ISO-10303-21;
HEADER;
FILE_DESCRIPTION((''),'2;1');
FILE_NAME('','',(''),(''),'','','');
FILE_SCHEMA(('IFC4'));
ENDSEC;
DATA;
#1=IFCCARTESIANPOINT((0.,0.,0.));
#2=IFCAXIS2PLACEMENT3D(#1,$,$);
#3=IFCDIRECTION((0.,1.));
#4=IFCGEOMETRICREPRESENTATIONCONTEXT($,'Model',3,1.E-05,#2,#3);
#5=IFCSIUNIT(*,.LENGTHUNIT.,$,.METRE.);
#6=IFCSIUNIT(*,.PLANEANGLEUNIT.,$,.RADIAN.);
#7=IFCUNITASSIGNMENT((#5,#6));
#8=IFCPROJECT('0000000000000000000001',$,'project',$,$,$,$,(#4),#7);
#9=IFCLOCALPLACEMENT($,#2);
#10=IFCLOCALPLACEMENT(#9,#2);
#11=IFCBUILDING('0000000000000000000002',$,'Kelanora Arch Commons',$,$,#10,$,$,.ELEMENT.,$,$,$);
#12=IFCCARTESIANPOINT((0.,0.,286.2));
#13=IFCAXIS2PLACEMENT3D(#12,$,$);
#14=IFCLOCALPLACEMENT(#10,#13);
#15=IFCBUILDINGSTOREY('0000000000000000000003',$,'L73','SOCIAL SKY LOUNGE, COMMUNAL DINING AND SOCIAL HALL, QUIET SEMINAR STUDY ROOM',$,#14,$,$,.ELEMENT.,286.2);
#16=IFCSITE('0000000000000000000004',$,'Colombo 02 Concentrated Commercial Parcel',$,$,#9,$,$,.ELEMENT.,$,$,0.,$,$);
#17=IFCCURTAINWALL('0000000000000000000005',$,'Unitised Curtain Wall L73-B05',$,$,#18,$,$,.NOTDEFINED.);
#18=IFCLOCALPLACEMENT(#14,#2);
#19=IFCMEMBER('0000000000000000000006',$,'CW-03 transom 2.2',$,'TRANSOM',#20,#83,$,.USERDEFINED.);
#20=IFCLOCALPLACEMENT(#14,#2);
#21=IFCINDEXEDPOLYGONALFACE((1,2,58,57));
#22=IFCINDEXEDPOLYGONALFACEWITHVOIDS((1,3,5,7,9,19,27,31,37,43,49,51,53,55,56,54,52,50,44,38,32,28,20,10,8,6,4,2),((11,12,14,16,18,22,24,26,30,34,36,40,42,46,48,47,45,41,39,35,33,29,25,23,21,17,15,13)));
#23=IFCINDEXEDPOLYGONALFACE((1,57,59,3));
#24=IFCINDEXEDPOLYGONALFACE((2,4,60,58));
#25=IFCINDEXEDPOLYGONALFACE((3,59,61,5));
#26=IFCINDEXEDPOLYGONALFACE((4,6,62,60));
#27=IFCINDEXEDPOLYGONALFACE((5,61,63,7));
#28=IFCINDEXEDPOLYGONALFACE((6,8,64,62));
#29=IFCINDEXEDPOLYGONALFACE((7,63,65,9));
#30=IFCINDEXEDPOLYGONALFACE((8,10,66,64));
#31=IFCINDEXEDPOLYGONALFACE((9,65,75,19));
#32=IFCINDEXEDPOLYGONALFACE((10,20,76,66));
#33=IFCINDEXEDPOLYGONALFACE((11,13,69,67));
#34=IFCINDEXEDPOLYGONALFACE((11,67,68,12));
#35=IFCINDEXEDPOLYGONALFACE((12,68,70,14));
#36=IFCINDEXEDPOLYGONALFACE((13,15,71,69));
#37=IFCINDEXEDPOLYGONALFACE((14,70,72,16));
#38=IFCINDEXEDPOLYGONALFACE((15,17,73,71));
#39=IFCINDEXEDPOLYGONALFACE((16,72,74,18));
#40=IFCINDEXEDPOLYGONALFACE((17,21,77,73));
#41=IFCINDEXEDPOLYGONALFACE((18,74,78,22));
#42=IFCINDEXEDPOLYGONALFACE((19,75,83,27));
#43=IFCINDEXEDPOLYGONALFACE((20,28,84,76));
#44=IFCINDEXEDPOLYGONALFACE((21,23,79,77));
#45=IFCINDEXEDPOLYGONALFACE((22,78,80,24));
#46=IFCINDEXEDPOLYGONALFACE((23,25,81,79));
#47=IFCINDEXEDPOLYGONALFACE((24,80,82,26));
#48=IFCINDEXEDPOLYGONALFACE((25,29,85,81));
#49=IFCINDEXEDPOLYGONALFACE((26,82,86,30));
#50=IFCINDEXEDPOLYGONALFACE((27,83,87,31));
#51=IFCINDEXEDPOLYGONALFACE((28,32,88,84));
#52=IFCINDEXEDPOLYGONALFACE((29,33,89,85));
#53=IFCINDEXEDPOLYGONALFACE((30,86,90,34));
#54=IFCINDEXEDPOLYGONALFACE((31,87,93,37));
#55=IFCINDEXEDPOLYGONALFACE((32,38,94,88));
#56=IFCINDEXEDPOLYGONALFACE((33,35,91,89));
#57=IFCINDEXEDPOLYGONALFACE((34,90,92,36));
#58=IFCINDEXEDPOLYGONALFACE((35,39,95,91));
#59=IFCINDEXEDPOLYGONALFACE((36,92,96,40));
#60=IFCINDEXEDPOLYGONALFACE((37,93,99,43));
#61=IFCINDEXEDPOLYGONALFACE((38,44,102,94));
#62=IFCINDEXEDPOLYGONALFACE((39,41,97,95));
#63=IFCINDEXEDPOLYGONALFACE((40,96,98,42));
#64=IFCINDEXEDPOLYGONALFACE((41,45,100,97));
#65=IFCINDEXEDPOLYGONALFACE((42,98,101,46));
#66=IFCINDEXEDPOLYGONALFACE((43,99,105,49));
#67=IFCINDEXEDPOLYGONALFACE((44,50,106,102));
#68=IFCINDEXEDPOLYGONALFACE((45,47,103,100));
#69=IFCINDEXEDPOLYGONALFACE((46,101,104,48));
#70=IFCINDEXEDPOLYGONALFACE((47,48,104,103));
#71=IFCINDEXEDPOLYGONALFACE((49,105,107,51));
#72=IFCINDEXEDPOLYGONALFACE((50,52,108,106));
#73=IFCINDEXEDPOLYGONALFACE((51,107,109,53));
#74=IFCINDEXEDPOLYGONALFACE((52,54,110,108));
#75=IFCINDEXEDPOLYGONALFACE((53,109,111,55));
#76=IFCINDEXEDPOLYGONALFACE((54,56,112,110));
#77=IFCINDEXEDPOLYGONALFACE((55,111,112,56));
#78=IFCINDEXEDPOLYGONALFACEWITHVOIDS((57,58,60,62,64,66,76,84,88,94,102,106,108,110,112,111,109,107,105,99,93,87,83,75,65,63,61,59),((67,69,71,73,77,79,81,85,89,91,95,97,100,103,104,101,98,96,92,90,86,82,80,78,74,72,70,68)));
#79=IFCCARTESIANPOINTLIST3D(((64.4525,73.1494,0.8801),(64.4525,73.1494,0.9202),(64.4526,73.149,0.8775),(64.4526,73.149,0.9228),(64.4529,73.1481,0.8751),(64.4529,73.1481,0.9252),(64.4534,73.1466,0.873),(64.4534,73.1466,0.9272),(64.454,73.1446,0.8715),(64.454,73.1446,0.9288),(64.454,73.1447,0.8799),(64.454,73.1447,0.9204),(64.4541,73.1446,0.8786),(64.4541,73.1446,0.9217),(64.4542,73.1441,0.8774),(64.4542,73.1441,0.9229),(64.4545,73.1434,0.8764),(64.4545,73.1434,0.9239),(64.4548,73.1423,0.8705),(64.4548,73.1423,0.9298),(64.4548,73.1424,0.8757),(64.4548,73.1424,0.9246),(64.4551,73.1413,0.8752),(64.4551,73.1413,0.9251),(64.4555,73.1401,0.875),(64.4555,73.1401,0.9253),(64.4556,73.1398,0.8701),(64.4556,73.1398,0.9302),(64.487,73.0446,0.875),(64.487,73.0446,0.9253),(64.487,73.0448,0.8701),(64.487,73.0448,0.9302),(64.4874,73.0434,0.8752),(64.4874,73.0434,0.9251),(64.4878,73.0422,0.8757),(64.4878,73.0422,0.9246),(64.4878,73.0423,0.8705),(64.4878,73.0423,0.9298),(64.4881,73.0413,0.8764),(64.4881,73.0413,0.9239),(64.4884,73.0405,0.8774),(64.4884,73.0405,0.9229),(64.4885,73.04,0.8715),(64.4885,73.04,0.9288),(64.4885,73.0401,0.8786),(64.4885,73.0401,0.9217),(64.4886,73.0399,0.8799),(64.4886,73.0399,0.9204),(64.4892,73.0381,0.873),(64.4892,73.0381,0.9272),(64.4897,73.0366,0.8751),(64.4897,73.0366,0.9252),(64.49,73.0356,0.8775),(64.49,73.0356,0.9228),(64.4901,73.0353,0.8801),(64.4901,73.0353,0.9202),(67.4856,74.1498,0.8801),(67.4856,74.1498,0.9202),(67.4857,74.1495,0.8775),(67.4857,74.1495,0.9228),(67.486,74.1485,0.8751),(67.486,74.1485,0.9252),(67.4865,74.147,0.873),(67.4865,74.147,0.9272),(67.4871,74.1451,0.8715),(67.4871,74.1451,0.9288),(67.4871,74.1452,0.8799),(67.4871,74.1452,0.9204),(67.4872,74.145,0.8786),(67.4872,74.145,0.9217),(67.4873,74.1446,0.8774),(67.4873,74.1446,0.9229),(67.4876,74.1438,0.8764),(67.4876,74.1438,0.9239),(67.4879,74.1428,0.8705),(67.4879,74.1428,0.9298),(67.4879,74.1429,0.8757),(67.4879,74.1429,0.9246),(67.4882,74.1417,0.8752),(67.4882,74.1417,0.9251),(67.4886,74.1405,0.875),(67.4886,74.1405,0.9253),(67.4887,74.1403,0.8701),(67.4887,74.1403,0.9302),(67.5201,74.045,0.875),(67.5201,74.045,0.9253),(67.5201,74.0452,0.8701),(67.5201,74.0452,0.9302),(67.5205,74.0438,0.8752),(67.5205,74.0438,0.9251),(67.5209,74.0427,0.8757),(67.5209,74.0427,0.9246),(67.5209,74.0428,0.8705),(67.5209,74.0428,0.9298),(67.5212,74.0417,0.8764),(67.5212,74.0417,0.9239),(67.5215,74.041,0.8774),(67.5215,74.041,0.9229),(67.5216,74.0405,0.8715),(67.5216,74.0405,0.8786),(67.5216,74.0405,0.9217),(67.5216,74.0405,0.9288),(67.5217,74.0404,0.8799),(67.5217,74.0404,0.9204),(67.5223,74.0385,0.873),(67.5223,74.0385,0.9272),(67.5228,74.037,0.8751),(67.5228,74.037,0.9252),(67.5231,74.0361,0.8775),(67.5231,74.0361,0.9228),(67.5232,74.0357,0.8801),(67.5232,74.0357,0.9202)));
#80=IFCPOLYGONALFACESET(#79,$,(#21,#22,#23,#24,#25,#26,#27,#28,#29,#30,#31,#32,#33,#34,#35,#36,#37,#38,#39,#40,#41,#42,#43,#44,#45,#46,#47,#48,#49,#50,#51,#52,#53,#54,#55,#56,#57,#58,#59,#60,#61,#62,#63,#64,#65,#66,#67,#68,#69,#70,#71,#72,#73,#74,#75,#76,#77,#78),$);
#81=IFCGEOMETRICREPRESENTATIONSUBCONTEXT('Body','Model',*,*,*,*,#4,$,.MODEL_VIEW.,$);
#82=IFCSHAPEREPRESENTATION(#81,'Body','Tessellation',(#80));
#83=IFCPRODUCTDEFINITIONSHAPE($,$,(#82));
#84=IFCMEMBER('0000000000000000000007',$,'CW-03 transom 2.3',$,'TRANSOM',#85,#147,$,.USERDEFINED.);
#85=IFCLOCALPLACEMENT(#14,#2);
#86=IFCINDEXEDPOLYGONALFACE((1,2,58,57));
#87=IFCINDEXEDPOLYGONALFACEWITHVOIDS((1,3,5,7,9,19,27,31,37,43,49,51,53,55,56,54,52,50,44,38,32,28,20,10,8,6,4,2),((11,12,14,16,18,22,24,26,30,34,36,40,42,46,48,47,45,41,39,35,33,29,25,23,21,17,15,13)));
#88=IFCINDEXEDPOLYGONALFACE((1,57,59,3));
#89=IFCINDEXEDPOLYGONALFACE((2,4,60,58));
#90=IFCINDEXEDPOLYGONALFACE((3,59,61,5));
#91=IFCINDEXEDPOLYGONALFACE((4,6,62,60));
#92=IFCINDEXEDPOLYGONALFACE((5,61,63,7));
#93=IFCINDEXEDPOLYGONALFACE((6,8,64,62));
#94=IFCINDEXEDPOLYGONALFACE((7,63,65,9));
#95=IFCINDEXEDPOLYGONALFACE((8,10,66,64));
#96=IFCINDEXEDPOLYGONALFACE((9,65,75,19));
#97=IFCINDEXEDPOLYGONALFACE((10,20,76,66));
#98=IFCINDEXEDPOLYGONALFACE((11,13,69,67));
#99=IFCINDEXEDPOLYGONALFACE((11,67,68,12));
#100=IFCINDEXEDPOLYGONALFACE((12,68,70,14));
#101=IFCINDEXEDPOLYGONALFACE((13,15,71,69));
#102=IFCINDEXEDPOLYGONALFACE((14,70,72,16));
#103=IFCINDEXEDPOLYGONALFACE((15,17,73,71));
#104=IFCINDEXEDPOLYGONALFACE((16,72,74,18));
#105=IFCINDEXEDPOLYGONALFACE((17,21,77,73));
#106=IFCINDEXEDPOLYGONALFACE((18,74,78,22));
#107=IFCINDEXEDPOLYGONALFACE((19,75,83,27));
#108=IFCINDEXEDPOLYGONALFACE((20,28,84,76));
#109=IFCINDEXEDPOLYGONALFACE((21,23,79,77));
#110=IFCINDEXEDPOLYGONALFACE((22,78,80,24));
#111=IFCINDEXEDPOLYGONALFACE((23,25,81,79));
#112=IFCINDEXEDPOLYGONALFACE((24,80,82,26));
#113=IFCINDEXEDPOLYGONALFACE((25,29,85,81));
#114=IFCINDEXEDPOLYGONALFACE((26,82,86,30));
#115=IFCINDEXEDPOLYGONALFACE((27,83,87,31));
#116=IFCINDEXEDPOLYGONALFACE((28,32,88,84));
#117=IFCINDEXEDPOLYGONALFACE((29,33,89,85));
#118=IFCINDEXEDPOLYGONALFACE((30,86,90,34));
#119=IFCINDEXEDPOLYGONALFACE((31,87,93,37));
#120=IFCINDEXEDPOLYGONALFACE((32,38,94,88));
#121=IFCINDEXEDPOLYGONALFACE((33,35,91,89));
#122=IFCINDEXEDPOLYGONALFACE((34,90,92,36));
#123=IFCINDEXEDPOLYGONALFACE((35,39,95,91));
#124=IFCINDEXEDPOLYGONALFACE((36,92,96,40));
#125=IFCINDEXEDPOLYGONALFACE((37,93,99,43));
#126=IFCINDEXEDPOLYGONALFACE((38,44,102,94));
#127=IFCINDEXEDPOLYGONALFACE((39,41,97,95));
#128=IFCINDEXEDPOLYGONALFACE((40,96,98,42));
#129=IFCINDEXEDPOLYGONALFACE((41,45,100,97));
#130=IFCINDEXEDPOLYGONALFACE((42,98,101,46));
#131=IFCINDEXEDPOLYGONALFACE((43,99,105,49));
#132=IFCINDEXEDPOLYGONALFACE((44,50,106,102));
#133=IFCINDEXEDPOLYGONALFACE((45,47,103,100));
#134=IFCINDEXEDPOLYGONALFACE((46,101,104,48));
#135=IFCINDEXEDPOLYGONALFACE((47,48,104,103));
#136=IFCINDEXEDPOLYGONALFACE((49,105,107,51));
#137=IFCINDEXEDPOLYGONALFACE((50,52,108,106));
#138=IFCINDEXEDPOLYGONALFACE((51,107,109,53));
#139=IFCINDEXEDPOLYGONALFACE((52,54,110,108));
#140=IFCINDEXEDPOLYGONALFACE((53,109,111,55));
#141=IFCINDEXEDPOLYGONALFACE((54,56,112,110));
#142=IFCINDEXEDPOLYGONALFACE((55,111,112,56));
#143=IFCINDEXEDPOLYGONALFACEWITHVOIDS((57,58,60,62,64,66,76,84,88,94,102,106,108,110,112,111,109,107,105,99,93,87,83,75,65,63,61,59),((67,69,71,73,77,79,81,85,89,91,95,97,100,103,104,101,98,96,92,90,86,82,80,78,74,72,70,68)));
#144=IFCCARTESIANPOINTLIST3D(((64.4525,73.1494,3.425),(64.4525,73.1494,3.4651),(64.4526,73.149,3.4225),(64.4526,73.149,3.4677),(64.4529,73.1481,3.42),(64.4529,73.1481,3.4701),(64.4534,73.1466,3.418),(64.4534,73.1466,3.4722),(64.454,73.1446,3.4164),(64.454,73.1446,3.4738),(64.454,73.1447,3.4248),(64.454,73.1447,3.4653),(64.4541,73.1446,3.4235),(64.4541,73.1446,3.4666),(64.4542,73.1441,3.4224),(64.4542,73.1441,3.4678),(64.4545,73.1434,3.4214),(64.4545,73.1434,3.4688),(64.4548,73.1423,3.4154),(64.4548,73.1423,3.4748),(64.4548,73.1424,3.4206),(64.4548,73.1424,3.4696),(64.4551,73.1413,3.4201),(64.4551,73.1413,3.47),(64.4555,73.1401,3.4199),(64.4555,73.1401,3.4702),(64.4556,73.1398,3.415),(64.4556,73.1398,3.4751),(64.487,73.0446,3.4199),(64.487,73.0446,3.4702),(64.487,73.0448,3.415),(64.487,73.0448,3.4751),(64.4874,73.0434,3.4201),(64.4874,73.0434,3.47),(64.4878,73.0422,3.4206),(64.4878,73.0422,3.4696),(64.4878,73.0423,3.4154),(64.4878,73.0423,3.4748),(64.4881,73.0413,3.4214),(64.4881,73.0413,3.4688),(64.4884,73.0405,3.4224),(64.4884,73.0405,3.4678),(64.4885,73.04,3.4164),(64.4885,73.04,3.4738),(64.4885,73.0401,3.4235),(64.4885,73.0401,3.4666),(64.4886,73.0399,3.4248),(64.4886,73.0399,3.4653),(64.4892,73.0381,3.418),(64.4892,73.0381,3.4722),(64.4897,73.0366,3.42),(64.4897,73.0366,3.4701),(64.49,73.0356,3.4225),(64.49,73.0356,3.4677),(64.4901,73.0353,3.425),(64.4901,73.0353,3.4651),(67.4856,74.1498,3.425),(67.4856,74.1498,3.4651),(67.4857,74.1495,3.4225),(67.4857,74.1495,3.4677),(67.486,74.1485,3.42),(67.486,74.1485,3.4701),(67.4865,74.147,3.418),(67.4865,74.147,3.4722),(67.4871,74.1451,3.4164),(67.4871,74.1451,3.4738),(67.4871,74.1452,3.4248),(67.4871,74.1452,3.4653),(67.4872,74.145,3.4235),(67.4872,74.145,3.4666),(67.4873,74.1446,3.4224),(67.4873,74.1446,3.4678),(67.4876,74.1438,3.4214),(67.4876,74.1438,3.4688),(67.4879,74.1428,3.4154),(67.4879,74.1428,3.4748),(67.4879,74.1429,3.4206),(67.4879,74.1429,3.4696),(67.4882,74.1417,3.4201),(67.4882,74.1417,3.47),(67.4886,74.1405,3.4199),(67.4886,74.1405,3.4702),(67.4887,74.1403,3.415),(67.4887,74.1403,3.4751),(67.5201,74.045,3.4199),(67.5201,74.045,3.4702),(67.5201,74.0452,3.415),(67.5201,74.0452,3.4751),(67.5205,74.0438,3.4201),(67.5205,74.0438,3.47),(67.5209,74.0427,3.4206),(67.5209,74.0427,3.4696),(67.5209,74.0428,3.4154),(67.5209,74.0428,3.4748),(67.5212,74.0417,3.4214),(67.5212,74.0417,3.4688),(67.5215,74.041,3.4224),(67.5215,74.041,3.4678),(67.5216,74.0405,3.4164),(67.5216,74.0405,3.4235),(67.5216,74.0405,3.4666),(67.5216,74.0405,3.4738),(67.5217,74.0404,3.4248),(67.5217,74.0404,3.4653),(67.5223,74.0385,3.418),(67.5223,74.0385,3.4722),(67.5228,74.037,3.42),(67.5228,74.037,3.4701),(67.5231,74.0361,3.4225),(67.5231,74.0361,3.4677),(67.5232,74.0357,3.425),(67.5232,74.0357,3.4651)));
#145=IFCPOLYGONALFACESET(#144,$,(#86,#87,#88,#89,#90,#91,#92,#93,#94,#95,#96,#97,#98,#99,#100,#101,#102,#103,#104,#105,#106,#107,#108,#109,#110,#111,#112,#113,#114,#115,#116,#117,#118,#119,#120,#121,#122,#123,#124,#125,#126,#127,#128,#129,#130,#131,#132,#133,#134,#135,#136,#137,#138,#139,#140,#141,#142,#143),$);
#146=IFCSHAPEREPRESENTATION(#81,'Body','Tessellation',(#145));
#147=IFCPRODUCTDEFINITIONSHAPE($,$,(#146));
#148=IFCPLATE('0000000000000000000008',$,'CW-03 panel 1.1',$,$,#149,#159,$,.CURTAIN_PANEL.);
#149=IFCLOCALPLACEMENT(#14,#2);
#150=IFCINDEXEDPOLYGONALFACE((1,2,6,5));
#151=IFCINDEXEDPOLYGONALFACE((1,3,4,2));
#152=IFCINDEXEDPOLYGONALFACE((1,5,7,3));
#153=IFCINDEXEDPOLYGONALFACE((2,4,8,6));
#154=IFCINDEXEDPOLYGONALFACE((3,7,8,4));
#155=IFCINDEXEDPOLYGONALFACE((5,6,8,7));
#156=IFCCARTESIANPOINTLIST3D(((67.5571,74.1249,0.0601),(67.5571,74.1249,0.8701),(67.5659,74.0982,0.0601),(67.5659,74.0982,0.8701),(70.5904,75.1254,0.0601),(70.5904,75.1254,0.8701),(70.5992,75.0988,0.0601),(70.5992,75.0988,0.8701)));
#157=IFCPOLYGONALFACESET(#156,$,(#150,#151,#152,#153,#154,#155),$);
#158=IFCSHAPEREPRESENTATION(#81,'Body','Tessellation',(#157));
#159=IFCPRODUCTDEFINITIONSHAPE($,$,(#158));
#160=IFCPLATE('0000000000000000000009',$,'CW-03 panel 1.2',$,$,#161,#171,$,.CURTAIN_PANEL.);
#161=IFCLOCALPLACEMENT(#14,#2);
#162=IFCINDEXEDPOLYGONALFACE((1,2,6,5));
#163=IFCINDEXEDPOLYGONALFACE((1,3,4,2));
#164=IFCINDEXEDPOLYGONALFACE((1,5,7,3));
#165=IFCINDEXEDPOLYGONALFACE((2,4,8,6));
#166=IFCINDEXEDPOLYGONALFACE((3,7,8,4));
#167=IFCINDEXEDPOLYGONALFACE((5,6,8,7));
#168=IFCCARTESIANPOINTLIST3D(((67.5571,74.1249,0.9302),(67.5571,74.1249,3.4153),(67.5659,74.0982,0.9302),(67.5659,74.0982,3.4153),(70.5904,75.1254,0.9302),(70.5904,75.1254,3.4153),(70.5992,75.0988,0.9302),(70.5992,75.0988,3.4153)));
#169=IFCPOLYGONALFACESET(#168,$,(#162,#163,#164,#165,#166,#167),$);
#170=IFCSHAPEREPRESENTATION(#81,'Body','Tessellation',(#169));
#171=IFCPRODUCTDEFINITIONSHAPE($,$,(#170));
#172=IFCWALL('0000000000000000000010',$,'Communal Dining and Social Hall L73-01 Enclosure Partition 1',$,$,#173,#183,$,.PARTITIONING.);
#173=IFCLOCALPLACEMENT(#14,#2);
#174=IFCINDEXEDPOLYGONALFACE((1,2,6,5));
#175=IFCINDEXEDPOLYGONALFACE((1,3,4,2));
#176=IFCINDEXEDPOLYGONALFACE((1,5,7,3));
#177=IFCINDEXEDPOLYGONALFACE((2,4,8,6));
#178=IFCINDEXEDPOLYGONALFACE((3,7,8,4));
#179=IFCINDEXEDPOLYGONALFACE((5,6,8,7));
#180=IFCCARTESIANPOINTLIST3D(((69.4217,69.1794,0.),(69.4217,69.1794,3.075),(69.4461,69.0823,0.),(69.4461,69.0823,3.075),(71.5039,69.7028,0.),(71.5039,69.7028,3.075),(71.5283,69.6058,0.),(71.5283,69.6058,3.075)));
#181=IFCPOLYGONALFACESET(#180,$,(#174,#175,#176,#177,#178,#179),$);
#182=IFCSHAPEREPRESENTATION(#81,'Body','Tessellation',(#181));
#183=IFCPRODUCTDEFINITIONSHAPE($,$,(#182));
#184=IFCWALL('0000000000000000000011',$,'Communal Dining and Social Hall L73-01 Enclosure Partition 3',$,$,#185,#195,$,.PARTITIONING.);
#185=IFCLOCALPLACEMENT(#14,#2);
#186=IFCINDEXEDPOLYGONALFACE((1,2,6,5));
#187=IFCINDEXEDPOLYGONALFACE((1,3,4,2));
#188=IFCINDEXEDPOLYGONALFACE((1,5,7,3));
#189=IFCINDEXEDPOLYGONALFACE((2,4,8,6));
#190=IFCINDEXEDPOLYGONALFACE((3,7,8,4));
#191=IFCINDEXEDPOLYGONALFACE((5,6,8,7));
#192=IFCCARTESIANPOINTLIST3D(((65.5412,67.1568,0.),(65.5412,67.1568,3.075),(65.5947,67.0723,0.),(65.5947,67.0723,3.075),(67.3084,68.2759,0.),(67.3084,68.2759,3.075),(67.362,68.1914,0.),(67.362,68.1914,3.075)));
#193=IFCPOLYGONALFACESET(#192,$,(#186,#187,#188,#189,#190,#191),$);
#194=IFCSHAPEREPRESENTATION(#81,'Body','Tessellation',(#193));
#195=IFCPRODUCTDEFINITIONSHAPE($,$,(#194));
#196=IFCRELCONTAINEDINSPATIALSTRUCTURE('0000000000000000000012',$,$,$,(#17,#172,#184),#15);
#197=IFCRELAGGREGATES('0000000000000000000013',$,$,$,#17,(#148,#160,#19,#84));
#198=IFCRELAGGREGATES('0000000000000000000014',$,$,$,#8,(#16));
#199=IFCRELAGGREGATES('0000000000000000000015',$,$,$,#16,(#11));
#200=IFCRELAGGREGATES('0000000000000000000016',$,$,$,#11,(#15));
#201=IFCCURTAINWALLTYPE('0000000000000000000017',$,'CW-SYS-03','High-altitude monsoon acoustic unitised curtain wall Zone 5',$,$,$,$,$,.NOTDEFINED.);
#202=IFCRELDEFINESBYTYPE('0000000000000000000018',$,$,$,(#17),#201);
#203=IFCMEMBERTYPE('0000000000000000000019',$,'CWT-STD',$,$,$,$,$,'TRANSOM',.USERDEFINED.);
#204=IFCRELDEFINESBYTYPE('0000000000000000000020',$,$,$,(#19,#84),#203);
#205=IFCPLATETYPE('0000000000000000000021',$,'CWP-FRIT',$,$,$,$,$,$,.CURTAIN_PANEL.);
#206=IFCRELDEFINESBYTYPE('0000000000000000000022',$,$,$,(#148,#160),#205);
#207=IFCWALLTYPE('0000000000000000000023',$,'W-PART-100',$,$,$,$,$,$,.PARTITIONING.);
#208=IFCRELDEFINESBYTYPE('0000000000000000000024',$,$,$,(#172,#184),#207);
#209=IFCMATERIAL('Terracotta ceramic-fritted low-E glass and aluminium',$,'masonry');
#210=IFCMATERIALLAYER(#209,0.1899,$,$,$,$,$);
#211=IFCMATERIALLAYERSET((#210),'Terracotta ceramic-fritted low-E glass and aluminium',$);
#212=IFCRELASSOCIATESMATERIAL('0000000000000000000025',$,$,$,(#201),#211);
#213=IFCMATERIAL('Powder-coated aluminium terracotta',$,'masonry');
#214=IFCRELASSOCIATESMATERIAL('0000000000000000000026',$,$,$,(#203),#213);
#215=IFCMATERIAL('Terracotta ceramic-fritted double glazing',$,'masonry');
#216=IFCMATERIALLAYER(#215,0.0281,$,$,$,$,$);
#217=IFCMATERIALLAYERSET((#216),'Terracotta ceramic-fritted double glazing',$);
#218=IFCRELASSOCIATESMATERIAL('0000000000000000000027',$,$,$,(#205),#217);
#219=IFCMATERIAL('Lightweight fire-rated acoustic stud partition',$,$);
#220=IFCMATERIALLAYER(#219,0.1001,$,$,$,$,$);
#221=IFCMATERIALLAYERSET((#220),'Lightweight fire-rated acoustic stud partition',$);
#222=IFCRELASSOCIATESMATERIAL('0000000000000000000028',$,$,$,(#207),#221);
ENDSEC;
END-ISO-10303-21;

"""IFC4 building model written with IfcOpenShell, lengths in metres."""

from ifc_helpers import new_model, si_unit, direction, frame, frame_2d, origin, origin_2d, place, context, subcontext, project, spatial, rectangle, hollow_rectangle, extrude, source, transform, mapped, material, layer, layer_set, material_profile, profile_set, type_object, element, aggregate, save


model = new_model("IFC4")

# Units and contexts
model_context = context("Model", 3, precision=1e-05, world=origin(), true_north=direction((0.0, 1.0)))
body_context = subcontext(model_context, "Body", "Model", "MODEL_VIEW")
ifc_project = project(units=[si_unit("LENGTHUNIT", "METRE"), si_unit("PLANEANGLEUNIT", "RADIAN")], contexts=[model_context])

# Site, building, storey
site_placement = place(None, origin())
site = spatial("IfcSite", under=ifc_project, at=site_placement, Name="Colombo 02 Concentrated Commercial Parcel", CompositionType="ELEMENT", RefElevation=0.0)
building_placement = place(site_placement, origin())
building = spatial("IfcBuilding", under=site, at=building_placement, Name="Kelanora Arch Commons", CompositionType="ELEMENT")
storey_placement = place(building_placement, frame((0.0, 0.0, 286.2)))
storey = spatial("IfcBuildingStorey", under=building, at=storey_placement, Name="L73", Description="SOCIAL SKY LOUNGE, COMMUNAL DINING AND SOCIAL HALL, QUIET SEMINAR STUDY ROOM", CompositionType="ELEMENT", Elevation=286.2)

# Curtain wall, members, plates
ifc_material_1 = material(Name="Terracotta ceramic-fritted low-E glass and aluminium", Category="masonry")
ifc_layer_1 = layer(ifc_material_1, 0.1899)
ifc_layer_set_1 = layer_set([ifc_layer_1], Name="Terracotta ceramic-fritted low-E glass and aluminium")
curtain_wall_type = type_object("IfcCurtainWallType", Name="CW-SYS-03", Description="High-altitude monsoon acoustic unitised curtain wall Zone 5", PredefinedType="NOTDEFINED", material=ifc_layer_set_1)
curtain_wall_placement = place(storey_placement, origin())
curtain_wall = element("IfcCurtainWall", 1, at=curtain_wall_placement, inside=storey, type_object=curtain_wall_type, Name="Unitised Curtain Wall L73-B05", PredefinedType="NOTDEFINED")
ifc_material_2 = material(Name="Powder-coated aluminium terracotta", Category="masonry")
ifc_material_profile_1 = material_profile(ifc_material_2, hollow_rectangle(XDim=0.1201, YDim=0.0601, WallThickness=0.0049, InnerFilletRadius=0.0049, OuterFilletRadius=0.01, at=origin_2d()), Name="CWT120x60")
ifc_profile_set_1 = profile_set([ifc_material_profile_1], Name="Powder-coated aluminium terracotta")
member_type_1 = type_object("IfcMemberType", Name="CWT-STD", ElementType="TRANSOM", PredefinedType="USERDEFINED", material=ifc_profile_set_1)
member_1_placement = place(storey_placement, frame((67.5044, 74.0928, 0.9001), z_axis=(-0.949672, -0.313245, 0.0), x_axis=(0.313245, -0.949672, 0.0)))
member_1 = element("IfcMember", 2, at=member_1_placement, type_object=member_type_1, Name="CW-03 transom 2.2", ObjectType="TRANSOM", PredefinedType="USERDEFINED", context=body_context, shape_type="SweptSolid", body=[
    extrude(hollow_rectangle(XDim=0.1201, YDim=0.0601, WallThickness=0.0049, InnerFilletRadius=0.0049, OuterFilletRadius=0.01, at=origin_2d()), origin(), (0.0, 0.0, 1.0), 3.1938),
])
member_2_placement = place(storey_placement, frame((67.5044, 74.0928, 3.4451), z_axis=(-0.949672, -0.313245, 0.0), x_axis=(0.313245, -0.949672, 0.0)))
member_2 = element("IfcMember", 3, at=member_2_placement, type_object=member_type_1, Name="CW-03 transom 2.3", ObjectType="TRANSOM", PredefinedType="USERDEFINED", context=body_context, shape_type="SweptSolid", body=[
    extrude(hollow_rectangle(XDim=0.1201, YDim=0.0601, WallThickness=0.0049, InnerFilletRadius=0.0049, OuterFilletRadius=0.01, at=origin_2d()), origin(), (0.0, 0.0, 1.0), 3.1938),
])
ifc_material_3 = material(Name="Terracotta ceramic-fritted double glazing", Category="masonry")
ifc_layer_2 = layer(ifc_material_3, 0.0281)
ifc_layer_set_2 = layer_set([ifc_layer_2], Name="Terracotta ceramic-fritted double glazing")
plate_type = type_object("IfcPlateType", Name="CWP-FRIT", PredefinedType="CURTAIN_PANEL", material=ifc_layer_set_2)
shared_shape_1 = source(origin(), body_context, "Body", "SweptSolid", [
    extrude(rectangle(XDim=3.1941, YDim=0.0281, at=origin_2d()), origin(), (0.0, 0.0, 1.0), 0.8101),
])
plate_1_placement = place(storey_placement, frame((69.0781, 74.6118, 0.0601), z_axis=(0.0, 0.0, 1.0), x_axis=(-0.94967, -0.313253, 0.0)))
plate_1 = element("IfcPlate", 4, at=plate_1_placement, type_object=plate_type, Name="CW-03 panel 1.1", PredefinedType="CURTAIN_PANEL", context=body_context, shape_type="MappedRepresentation", body=[
    mapped(shared_shape_1, transform((0.0, 0.0, 0.0), scale=1.0)),
])
shared_shape_2 = source(origin(), body_context, "Body", "SweptSolid", [
    extrude(rectangle(XDim=3.1941, YDim=0.0281, at=origin_2d()), origin(), (0.0, 0.0, 1.0), 2.4851),
])
plate_2_placement = place(storey_placement, frame((69.0781, 74.6118, 0.9302), z_axis=(0.0, 0.0, 1.0), x_axis=(-0.94967, -0.313253, 0.0)))
plate_2 = element("IfcPlate", 5, at=plate_2_placement, type_object=plate_type, Name="CW-03 panel 1.2", PredefinedType="CURTAIN_PANEL", context=body_context, shape_type="MappedRepresentation", body=[
    mapped(shared_shape_2, transform((0.0, 0.0, 0.0), scale=1.0)),
])
aggregate(curtain_wall, [plate_1, plate_2, member_1, member_2])

# Walls
ifc_material_4 = material(Name="Lightweight fire-rated acoustic stud partition")
ifc_layer_3 = layer(ifc_material_4, 0.1001)
ifc_layer_set_3 = layer_set([ifc_layer_3], Name="Lightweight fire-rated acoustic stud partition")
wall_type_1 = type_object("IfcWallType", Name="W-PART-100", PredefinedType="PARTITIONING", material=ifc_layer_set_3)
wall_1_placement = place(storey_placement, frame((71.5161, 69.6543, 0.0), z_axis=(0.0, 0.0, 1.0), x_axis=(-0.969827, -0.243793, 0.0)))
element("IfcWall", 6, at=wall_1_placement, inside=storey, type_object=wall_type_1, Name="Communal Dining and Social Hall L73-01 Enclosure Partition 1", PredefinedType="PARTITIONING", context=body_context, shape_type="SweptSolid", body=[
    extrude(rectangle(XDim=2.147, YDim=0.1001, at=frame_2d((1.0735, 0.0))), origin(), (0.0, 0.0, 1.0), 3.075),
])
wall_2_placement = place(storey_placement, frame((67.3352, 68.2336, 0.0), z_axis=(0.0, 0.0, 1.0), x_axis=(-0.844856, -0.534994, 0.0)))
element("IfcWall", 7, at=wall_2_placement, inside=storey, type_object=wall_type_1, Name="Communal Dining and Social Hall L73-01 Enclosure Partition 3", PredefinedType="PARTITIONING", context=body_context, shape_type="SweptSolid", body=[
    extrude(rectangle(XDim=2.0918, YDim=0.1001, at=frame_2d((1.0459, 0.0))), origin(), (0.0, 0.0, 1.0), 3.075),
])

save(model, "model.ifc")
